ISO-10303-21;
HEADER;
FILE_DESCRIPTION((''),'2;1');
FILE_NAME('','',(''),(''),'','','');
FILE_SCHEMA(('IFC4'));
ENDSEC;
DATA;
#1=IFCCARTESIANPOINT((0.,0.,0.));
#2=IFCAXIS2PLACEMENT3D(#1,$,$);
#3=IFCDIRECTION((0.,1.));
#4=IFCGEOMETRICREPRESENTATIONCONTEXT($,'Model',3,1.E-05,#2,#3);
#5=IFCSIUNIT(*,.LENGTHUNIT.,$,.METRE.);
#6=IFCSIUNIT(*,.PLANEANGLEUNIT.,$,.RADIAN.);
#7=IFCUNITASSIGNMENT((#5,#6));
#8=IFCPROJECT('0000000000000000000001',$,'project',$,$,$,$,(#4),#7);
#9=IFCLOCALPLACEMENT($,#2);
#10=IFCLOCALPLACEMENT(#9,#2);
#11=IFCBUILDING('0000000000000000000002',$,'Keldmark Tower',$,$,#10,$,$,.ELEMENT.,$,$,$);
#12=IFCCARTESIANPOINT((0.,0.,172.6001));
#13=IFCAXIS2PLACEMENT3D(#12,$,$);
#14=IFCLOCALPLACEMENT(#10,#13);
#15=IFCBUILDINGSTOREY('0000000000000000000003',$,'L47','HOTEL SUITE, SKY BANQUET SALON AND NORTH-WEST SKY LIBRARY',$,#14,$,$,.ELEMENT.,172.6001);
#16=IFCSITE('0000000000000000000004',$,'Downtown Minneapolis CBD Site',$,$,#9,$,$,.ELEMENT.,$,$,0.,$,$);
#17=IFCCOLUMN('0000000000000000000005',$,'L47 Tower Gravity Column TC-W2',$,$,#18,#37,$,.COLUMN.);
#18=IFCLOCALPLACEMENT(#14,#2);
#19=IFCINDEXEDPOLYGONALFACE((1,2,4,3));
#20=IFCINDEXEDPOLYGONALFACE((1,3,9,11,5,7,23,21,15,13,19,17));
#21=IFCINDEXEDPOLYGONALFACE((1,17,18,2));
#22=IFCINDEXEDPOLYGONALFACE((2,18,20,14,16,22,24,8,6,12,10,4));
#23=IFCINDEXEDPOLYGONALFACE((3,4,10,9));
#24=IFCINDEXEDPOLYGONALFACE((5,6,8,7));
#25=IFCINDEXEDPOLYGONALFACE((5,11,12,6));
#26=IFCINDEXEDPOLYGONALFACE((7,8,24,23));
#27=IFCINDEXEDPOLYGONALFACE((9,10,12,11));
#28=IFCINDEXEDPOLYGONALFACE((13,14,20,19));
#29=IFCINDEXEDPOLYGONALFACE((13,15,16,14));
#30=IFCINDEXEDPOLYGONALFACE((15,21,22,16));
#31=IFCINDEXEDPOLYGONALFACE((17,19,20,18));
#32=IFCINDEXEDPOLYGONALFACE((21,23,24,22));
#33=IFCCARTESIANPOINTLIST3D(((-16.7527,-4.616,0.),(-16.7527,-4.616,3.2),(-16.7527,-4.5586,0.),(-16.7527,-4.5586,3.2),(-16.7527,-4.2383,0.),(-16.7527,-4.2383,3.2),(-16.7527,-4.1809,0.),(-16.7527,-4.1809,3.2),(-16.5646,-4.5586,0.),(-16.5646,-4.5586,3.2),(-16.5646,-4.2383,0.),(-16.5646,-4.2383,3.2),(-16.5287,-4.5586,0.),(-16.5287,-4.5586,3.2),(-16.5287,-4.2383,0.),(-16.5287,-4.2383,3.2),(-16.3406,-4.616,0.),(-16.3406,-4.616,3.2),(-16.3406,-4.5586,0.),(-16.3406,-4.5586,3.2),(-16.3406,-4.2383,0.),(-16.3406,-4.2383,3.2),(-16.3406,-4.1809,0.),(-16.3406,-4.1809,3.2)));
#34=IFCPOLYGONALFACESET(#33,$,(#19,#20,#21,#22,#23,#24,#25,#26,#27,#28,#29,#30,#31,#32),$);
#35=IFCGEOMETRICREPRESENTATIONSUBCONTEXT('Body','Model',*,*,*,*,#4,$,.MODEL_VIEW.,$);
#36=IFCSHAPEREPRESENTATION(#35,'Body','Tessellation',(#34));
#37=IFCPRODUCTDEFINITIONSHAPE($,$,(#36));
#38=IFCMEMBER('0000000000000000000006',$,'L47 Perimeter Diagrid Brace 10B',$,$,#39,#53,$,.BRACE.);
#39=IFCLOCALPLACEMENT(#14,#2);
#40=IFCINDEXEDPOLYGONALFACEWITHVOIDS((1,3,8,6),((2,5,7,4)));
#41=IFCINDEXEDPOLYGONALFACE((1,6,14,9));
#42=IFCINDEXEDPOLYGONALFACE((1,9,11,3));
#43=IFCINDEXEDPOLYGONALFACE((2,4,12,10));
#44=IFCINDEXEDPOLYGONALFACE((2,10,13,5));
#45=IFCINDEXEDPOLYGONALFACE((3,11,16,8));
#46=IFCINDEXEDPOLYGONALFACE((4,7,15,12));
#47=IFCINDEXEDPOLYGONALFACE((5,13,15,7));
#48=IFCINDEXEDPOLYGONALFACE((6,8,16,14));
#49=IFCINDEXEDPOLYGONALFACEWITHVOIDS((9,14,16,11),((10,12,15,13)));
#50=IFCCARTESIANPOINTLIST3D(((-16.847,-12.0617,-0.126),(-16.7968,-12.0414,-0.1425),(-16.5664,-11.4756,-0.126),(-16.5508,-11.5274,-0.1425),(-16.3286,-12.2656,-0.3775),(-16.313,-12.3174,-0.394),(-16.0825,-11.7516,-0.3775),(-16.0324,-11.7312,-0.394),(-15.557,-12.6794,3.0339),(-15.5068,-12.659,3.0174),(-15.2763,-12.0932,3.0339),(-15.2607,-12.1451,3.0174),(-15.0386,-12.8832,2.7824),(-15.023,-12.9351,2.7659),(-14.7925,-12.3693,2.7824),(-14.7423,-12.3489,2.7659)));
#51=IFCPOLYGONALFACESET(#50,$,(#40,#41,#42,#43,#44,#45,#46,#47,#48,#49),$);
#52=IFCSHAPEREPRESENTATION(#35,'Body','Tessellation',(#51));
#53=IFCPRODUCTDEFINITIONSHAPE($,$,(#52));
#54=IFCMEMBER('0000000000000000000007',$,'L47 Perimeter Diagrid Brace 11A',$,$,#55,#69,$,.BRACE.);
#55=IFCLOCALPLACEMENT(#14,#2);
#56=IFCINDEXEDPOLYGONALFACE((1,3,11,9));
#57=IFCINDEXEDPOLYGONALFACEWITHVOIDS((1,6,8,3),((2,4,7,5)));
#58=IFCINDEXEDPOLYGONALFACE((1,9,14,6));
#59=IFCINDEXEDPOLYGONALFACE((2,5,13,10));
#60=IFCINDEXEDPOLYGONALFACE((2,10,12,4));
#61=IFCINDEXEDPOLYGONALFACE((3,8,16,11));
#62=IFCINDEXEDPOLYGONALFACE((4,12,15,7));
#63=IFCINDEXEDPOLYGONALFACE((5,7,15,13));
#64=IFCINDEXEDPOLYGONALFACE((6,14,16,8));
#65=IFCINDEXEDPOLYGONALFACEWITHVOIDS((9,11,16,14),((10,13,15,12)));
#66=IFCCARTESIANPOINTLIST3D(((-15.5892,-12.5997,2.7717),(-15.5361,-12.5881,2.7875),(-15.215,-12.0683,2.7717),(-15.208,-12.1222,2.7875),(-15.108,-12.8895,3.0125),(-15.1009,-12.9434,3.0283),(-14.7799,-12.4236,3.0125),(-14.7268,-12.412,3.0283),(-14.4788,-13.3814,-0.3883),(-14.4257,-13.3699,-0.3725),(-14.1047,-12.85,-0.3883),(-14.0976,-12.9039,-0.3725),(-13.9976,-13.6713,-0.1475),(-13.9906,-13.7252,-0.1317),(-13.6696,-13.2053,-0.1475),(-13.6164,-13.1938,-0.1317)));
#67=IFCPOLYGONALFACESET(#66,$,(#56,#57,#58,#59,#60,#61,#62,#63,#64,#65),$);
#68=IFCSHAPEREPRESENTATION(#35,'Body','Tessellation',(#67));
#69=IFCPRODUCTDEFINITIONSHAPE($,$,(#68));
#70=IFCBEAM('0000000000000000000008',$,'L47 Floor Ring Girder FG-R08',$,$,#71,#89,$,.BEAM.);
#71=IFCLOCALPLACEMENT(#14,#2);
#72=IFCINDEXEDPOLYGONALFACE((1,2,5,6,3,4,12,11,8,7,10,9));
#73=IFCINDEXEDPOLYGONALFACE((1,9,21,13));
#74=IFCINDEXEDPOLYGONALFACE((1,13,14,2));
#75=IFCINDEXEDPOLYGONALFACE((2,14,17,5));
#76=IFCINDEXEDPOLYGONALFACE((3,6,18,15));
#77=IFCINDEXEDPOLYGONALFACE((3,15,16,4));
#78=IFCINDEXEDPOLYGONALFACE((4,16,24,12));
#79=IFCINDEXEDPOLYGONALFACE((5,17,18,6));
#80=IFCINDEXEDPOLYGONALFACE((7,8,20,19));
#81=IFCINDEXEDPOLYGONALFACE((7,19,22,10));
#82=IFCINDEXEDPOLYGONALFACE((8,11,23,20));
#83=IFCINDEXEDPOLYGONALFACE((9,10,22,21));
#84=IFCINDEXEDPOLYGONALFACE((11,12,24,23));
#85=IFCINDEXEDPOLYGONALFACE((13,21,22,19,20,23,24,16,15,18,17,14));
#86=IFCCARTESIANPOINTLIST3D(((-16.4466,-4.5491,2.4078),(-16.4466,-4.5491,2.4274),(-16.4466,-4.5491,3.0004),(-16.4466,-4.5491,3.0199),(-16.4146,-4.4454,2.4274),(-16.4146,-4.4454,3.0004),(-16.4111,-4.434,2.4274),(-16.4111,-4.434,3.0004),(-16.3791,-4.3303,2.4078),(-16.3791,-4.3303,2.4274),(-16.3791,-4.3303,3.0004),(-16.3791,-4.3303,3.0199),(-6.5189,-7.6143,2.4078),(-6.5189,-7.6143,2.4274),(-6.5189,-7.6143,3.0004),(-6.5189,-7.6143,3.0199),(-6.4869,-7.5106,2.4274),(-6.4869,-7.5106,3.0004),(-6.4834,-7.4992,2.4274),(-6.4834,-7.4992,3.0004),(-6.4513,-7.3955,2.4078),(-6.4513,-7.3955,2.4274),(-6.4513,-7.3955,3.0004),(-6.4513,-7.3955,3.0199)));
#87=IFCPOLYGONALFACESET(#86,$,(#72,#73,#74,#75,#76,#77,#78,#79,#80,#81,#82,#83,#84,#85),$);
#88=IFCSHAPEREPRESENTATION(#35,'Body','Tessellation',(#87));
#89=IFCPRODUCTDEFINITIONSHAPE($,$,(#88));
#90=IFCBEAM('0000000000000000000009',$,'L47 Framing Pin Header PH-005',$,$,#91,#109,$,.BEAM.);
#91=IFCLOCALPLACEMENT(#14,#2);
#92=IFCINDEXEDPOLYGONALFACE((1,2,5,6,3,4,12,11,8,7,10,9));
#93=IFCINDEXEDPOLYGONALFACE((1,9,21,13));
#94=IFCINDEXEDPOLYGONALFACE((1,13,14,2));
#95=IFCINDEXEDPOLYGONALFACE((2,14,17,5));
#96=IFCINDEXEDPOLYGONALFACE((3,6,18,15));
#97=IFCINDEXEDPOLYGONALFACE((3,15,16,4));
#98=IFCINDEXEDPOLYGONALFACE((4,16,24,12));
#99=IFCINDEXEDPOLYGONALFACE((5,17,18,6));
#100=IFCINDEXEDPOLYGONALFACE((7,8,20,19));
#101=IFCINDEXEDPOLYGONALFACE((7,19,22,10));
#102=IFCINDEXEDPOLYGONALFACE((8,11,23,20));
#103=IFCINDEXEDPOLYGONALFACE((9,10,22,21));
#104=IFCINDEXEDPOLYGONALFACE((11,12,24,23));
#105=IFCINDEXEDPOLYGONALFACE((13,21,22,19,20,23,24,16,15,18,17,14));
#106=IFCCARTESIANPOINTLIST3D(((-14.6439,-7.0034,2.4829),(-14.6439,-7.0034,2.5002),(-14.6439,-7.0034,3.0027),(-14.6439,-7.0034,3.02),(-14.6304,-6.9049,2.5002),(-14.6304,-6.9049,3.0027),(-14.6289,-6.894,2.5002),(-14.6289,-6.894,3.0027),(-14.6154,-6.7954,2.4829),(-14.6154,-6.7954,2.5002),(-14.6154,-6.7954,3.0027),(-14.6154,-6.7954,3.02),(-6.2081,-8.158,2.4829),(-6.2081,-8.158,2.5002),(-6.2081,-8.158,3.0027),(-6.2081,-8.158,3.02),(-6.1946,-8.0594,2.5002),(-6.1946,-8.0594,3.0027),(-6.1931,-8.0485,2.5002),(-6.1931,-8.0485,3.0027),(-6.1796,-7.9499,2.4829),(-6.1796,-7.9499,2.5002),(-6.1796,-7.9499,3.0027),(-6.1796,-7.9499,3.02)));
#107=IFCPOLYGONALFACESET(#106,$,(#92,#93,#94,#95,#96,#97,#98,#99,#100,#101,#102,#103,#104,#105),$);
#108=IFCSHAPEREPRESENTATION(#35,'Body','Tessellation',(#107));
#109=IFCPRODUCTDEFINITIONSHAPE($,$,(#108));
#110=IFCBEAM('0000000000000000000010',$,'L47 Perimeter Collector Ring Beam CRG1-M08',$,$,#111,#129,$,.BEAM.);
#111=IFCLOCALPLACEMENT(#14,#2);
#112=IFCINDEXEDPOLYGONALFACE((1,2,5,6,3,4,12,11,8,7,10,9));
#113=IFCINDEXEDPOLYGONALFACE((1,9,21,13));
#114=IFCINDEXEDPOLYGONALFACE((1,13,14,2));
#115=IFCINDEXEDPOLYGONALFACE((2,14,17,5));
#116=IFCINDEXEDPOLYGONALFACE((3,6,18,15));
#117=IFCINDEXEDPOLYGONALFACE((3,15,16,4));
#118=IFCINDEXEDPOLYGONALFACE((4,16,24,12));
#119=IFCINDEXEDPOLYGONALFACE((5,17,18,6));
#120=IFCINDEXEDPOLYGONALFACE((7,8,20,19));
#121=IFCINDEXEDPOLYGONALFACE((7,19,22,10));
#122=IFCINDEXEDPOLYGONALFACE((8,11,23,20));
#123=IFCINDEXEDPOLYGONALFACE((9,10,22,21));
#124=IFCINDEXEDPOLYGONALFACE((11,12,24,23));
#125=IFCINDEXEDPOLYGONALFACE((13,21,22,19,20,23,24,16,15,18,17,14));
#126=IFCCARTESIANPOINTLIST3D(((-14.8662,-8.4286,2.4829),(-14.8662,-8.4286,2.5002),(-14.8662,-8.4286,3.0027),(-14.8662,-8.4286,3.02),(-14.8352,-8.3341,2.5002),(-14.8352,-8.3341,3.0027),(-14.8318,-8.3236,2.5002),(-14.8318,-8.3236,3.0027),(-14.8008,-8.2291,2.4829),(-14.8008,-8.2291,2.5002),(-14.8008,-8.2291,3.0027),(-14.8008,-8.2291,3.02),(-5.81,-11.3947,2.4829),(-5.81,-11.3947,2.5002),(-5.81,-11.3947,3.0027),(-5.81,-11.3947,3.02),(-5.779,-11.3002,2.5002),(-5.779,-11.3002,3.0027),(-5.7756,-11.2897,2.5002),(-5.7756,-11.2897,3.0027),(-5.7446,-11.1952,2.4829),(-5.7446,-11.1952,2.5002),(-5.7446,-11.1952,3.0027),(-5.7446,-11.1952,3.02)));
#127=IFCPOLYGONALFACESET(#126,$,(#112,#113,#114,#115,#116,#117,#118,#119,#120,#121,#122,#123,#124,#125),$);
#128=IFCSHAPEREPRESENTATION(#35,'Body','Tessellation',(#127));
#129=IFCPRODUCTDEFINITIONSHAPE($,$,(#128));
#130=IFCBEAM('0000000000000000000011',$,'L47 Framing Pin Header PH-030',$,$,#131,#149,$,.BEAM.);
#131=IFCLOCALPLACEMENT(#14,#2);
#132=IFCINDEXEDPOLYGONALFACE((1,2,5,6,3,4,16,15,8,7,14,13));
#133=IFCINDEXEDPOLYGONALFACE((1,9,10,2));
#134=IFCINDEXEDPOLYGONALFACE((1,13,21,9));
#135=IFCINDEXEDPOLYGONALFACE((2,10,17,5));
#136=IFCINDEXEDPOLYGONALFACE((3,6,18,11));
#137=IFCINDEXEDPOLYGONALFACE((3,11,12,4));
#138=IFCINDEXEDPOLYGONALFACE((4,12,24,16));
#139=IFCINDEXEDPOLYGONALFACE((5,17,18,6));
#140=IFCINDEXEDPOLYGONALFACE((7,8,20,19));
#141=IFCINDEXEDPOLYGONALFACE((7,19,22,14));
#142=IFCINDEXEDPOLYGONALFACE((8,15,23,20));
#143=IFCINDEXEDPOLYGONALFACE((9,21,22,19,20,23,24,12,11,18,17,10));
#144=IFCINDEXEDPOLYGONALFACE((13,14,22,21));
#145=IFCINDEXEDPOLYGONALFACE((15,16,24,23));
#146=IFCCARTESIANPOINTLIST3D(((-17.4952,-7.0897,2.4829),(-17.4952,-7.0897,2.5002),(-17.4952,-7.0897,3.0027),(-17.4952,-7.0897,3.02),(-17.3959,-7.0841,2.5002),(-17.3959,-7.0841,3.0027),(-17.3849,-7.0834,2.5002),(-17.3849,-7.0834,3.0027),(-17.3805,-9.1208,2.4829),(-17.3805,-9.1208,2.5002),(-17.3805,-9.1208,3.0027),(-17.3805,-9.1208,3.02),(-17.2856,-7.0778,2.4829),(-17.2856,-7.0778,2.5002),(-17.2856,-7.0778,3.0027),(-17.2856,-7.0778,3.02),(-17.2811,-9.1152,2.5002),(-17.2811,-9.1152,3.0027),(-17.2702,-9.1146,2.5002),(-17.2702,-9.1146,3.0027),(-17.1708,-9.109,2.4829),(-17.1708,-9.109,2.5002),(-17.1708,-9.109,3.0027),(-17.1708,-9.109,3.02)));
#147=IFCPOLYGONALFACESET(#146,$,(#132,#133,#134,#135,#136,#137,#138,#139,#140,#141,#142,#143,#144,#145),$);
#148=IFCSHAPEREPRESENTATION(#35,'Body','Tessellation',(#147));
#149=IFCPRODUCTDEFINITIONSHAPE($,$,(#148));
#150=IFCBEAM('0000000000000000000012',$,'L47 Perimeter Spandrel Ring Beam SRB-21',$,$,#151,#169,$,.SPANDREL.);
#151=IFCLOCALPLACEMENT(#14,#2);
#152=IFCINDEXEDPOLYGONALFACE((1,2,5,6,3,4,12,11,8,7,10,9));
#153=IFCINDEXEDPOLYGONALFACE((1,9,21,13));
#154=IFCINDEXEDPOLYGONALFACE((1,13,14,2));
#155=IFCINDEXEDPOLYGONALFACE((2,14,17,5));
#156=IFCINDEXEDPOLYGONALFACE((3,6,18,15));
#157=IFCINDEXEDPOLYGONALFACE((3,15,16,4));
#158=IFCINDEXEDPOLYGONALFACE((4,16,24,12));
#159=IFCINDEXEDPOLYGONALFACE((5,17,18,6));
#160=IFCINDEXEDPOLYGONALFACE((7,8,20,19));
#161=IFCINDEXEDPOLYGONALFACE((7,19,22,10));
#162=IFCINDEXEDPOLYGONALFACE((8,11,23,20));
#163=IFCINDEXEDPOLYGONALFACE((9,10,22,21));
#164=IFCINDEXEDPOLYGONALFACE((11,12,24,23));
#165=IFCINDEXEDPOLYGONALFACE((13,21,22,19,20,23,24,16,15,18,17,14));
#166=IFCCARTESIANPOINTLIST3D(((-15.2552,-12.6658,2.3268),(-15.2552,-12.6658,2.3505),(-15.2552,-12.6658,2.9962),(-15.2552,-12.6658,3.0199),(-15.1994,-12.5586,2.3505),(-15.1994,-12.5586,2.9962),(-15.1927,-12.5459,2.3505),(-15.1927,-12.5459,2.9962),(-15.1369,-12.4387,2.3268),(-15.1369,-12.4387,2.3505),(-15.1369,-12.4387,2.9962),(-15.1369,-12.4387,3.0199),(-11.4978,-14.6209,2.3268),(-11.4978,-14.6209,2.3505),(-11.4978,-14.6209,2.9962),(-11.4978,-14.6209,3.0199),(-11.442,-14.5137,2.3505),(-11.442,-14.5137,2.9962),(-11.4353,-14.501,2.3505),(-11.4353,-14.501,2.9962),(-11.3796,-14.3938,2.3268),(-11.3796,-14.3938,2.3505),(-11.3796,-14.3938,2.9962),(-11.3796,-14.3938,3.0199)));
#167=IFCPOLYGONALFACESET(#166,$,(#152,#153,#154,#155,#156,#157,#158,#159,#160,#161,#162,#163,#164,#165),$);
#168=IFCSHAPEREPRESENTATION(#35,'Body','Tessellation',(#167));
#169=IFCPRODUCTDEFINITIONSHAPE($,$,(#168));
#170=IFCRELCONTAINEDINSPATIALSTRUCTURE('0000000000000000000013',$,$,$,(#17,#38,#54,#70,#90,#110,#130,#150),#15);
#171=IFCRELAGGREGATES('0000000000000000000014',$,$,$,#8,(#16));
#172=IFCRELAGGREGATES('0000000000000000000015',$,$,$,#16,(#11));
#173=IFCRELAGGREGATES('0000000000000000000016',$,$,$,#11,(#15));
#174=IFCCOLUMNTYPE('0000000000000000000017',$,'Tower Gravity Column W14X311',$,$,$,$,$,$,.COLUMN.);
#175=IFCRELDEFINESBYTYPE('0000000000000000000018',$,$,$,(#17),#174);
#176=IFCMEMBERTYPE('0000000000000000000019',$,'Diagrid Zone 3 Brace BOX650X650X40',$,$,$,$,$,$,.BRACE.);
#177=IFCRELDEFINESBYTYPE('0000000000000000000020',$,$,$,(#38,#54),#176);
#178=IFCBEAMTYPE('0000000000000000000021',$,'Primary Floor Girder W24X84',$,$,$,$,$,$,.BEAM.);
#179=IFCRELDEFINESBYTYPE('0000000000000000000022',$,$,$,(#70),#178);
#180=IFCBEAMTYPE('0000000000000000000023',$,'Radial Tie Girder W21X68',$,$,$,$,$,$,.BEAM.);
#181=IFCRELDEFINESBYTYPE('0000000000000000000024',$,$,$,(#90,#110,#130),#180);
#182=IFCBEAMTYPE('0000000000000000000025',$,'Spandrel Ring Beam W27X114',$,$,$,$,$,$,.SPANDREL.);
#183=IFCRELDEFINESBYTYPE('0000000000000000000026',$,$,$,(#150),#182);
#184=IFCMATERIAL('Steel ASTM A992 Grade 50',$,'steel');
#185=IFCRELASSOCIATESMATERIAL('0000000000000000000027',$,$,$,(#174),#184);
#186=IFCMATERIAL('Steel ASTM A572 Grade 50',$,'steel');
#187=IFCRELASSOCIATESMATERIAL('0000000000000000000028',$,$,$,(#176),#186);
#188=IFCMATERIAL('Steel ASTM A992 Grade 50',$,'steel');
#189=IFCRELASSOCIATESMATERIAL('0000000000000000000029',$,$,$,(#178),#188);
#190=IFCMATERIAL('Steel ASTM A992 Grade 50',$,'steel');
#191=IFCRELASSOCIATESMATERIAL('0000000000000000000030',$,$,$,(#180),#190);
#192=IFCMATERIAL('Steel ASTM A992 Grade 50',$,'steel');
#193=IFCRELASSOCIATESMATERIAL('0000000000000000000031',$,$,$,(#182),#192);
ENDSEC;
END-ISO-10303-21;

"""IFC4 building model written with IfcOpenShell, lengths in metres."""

from ifc_helpers import new_model, si_unit, direction, frame, origin, origin_2d, place, context, subcontext, project, spatial, hollow_rectangle, i_section, extrude, material, material_profile, profile_set, type_object, element, save


model = new_model("IFC4")

# Units and contexts
model_context = context("Model", 3, precision=1e-05, world=origin(), true_north=direction((0.0, 1.0)))
body_context = subcontext(model_context, "Body", "Model", "MODEL_VIEW")
ifc_project = project(units=[si_unit("LENGTHUNIT", "METRE"), si_unit("PLANEANGLEUNIT", "RADIAN")], contexts=[model_context])

# Site, building, storey
site_placement = place(None, origin())
site = spatial("IfcSite", under=ifc_project, at=site_placement, Name="Downtown Minneapolis CBD Site", CompositionType="ELEMENT", RefElevation=0.0)
building_placement = place(site_placement, origin())
building = spatial("IfcBuilding", under=site, at=building_placement, Name="Keldmark Tower", CompositionType="ELEMENT")
storey_placement = place(building_placement, frame((0.0, 0.0, 172.6001)))
storey = spatial("IfcBuildingStorey", under=building, at=storey_placement, Name="L47", Description="HOTEL SUITE, SKY BANQUET SALON AND NORTH-WEST SKY LIBRARY", CompositionType="ELEMENT", Elevation=172.6001)

# Column
ifc_material_1 = material(Name="Steel ASTM A992 Grade 50", Category="steel")
ifc_material_profile_1 = material_profile(ifc_material_1, i_section(OverallWidth=0.4121, OverallDepth=0.4351, WebThickness=0.0359, FlangeThickness=0.0574, at=origin_2d()), Name="W14X311")
ifc_profile_set_1 = profile_set([ifc_material_profile_1], Name="Steel ASTM A992 Grade 50")
column_type = type_object("IfcColumnType", Name="Tower Gravity Column W14X311", PredefinedType="COLUMN", material=ifc_profile_set_1)
column_placement = place(storey_placement, frame((-16.5466, -4.3984, 0.0), z_axis=(0.0, 0.0, 1.0), x_axis=(1.0, 0.0, 0.0)))
element("IfcColumn", 1, at=column_placement, inside=storey, type_object=column_type, Name="L47 Tower Gravity Column TC-W2", PredefinedType="COLUMN", context=body_context, shape_type="SweptSolid", body=[
    extrude(i_section(OverallWidth=0.4121, OverallDepth=0.4351, WebThickness=0.0359, FlangeThickness=0.0574, at=origin_2d()), origin(), (0.0, 0.0, 1.0), 3.2),
])

# Members
ifc_material_2 = material(Name="Steel ASTM A572 Grade 50", Category="steel")
ifc_material_profile_2 = material_profile(ifc_material_2, hollow_rectangle(XDim=0.6499, YDim=0.6499, WallThickness=0.04, at=origin_2d()), Name="BOX650X650X40")
ifc_profile_set_2 = profile_set([ifc_material_profile_2], Name="Steel ASTM A572 Grade 50")
member_type = type_object("IfcMemberType", Name="Diagrid Zone 3 Brace BOX650X650X40", PredefinedType="BRACE", material=ifc_profile_set_2)
member_1_placement = place(storey_placement, frame((-16.4397, -11.8965, -0.26), z_axis=(0.371926, -0.178079, 0.911021), x_axis=(0.431854, 0.901943, 0.0)))
element("IfcMember", 2, at=member_1_placement, inside=storey, type_object=member_type, Name="L47 Perimeter Diagrid Brace 10B", PredefinedType="BRACE", context=body_context, shape_type="SweptSolid", body=[
    extrude(hollow_rectangle(XDim=0.6499, YDim=0.6499, WallThickness=0.04, at=origin_2d()), origin(), (0.0, 0.0, 1.0), 3.4685),
])
member_2_placement = place(storey_placement, frame((-14.0476, -13.2876, -0.26), z_axis=(-0.322839, 0.227293, 0.918756), x_axis=(-0.57568, -0.817675, 0.0)))
element("IfcMember", 3, at=member_2_placement, inside=storey, type_object=member_type, Name="L47 Perimeter Diagrid Brace 11A", PredefinedType="BRACE", context=body_context, shape_type="SweptSolid", body=[
    extrude(hollow_rectangle(XDim=0.6499, YDim=0.6499, WallThickness=0.04, at=origin_2d()), origin(), (0.0, 0.0, 1.0), 3.4395),
])

# Beams
ifc_material_3 = material(Name="Steel ASTM A992 Grade 50", Category="steel")
ifc_material_profile_3 = material_profile(ifc_material_3, i_section(OverallWidth=0.229, OverallDepth=0.6121, WebThickness=0.012, FlangeThickness=0.0195, at=origin_2d()), Name="W24X84")
ifc_profile_set_3 = profile_set([ifc_material_profile_3], Name="Steel ASTM A992 Grade 50")
beam_type_1 = type_object("IfcBeamType", Name="Primary Floor Girder W24X84", PredefinedType="BEAM", material=ifc_profile_set_3)
beam_1_placement = place(storey_placement, frame((-16.4128, -4.4397, 2.7139), z_axis=(0.955495, -0.295009, 0.0), x_axis=(0.295009, 0.955495, 0.0)))
element("IfcBeam", 4, at=beam_1_placement, inside=storey, type_object=beam_type_1, Name="L47 Floor Ring Girder FG-R08", PredefinedType="BEAM", context=body_context, shape_type="SweptSolid", body=[
    extrude(i_section(OverallWidth=0.229, OverallDepth=0.6121, WebThickness=0.012, FlangeThickness=0.0195, at=origin_2d()), origin(), (0.0, 0.0, 1.0), 10.3901),
])
ifc_material_4 = material(Name="Steel ASTM A992 Grade 50", Category="steel")
ifc_material_profile_4 = material_profile(ifc_material_4, i_section(OverallWidth=0.21, OverallDepth=0.5371, WebThickness=0.011, FlangeThickness=0.0173, at=origin_2d()), Name="W21X68")
ifc_profile_set_4 = profile_set([ifc_material_profile_4], Name="Steel ASTM A992 Grade 50")
beam_type_2 = type_object("IfcBeamType", Name="Radial Tie Girder W21X68", PredefinedType="BEAM", material=ifc_profile_set_4)
beam_2_placement = place(storey_placement, frame((-14.6296, -6.8994, 2.7515), z_axis=(0.990764, -0.135598, 0.0), x_axis=(0.135598, 0.990764, 0.0)))
element("IfcBeam", 5, at=beam_2_placement, inside=storey, type_object=beam_type_2, Name="L47 Framing Pin Header PH-005", PredefinedType="BEAM", context=body_context, shape_type="SweptSolid", body=[
    extrude(i_section(OverallWidth=0.21, OverallDepth=0.5371, WebThickness=0.011, FlangeThickness=0.0173, at=origin_2d()), origin(), (0.0, 0.0, 1.0), 8.5144),
])
beam_3_placement = place(storey_placement, frame((-14.8335, -8.3289, 2.7515), z_axis=(0.950328, -0.311251, 0.0), x_axis=(0.311251, 0.950328, 0.0)))
element("IfcBeam", 6, at=beam_3_placement, inside=storey, type_object=beam_type_2, Name="L47 Perimeter Collector Ring Beam CRG1-M08", PredefinedType="BEAM", context=body_context, shape_type="SweptSolid", body=[
    extrude(i_section(OverallWidth=0.21, OverallDepth=0.5371, WebThickness=0.011, FlangeThickness=0.0173, at=origin_2d()), origin(), (0.0, 0.0, 1.0), 9.5295),
])
beam_4_placement = place(storey_placement, frame((-17.3904, -7.0837, 2.7515), z_axis=(0.0564, -0.998408, 0.0), x_axis=(0.998408, 0.0564, 0.0)))
element("IfcBeam", 7, at=beam_4_placement, inside=storey, type_object=beam_type_2, Name="L47 Framing Pin Header PH-030", PredefinedType="BEAM", context=body_context, shape_type="SweptSolid", body=[
    extrude(i_section(OverallWidth=0.21, OverallDepth=0.5371, WebThickness=0.011, FlangeThickness=0.0173, at=origin_2d()), origin(), (0.0, 0.0, 1.0), 2.0344),
])
ifc_material_5 = material(Name="Steel ASTM A992 Grade 50", Category="steel")
ifc_material_profile_5 = material_profile(ifc_material_5, i_section(OverallWidth=0.2561, OverallDepth=0.6931, WebThickness=0.0144, FlangeThickness=0.0237, at=origin_2d()), Name="W27X114")
ifc_profile_set_5 = profile_set([ifc_material_profile_5], Name="Steel ASTM A992 Grade 50")
beam_type_3 = type_object("IfcBeamType", Name="Spandrel Ring Beam W27X114", PredefinedType="SPANDREL", material=ifc_profile_set_5)
beam_5_placement = place(storey_placement, frame((-15.196, -12.5522, 2.6733), z_axis=(0.887094, -0.461589, 0.0), x_axis=(0.461589, 0.887094, 0.0)))
element("IfcBeam", 8, at=beam_5_placement, inside=storey, type_object=beam_type_3, Name="L47 Perimeter Spandrel Ring Beam SRB-21", PredefinedType="SPANDREL", context=body_context, shape_type="SweptSolid", body=[
    extrude(i_section(OverallWidth=0.2561, OverallDepth=0.6931, WebThickness=0.0144, FlangeThickness=0.0237, at=origin_2d()), origin(), (0.0, 0.0, 1.0), 4.2356),
])

save(model, "model.ifc")
